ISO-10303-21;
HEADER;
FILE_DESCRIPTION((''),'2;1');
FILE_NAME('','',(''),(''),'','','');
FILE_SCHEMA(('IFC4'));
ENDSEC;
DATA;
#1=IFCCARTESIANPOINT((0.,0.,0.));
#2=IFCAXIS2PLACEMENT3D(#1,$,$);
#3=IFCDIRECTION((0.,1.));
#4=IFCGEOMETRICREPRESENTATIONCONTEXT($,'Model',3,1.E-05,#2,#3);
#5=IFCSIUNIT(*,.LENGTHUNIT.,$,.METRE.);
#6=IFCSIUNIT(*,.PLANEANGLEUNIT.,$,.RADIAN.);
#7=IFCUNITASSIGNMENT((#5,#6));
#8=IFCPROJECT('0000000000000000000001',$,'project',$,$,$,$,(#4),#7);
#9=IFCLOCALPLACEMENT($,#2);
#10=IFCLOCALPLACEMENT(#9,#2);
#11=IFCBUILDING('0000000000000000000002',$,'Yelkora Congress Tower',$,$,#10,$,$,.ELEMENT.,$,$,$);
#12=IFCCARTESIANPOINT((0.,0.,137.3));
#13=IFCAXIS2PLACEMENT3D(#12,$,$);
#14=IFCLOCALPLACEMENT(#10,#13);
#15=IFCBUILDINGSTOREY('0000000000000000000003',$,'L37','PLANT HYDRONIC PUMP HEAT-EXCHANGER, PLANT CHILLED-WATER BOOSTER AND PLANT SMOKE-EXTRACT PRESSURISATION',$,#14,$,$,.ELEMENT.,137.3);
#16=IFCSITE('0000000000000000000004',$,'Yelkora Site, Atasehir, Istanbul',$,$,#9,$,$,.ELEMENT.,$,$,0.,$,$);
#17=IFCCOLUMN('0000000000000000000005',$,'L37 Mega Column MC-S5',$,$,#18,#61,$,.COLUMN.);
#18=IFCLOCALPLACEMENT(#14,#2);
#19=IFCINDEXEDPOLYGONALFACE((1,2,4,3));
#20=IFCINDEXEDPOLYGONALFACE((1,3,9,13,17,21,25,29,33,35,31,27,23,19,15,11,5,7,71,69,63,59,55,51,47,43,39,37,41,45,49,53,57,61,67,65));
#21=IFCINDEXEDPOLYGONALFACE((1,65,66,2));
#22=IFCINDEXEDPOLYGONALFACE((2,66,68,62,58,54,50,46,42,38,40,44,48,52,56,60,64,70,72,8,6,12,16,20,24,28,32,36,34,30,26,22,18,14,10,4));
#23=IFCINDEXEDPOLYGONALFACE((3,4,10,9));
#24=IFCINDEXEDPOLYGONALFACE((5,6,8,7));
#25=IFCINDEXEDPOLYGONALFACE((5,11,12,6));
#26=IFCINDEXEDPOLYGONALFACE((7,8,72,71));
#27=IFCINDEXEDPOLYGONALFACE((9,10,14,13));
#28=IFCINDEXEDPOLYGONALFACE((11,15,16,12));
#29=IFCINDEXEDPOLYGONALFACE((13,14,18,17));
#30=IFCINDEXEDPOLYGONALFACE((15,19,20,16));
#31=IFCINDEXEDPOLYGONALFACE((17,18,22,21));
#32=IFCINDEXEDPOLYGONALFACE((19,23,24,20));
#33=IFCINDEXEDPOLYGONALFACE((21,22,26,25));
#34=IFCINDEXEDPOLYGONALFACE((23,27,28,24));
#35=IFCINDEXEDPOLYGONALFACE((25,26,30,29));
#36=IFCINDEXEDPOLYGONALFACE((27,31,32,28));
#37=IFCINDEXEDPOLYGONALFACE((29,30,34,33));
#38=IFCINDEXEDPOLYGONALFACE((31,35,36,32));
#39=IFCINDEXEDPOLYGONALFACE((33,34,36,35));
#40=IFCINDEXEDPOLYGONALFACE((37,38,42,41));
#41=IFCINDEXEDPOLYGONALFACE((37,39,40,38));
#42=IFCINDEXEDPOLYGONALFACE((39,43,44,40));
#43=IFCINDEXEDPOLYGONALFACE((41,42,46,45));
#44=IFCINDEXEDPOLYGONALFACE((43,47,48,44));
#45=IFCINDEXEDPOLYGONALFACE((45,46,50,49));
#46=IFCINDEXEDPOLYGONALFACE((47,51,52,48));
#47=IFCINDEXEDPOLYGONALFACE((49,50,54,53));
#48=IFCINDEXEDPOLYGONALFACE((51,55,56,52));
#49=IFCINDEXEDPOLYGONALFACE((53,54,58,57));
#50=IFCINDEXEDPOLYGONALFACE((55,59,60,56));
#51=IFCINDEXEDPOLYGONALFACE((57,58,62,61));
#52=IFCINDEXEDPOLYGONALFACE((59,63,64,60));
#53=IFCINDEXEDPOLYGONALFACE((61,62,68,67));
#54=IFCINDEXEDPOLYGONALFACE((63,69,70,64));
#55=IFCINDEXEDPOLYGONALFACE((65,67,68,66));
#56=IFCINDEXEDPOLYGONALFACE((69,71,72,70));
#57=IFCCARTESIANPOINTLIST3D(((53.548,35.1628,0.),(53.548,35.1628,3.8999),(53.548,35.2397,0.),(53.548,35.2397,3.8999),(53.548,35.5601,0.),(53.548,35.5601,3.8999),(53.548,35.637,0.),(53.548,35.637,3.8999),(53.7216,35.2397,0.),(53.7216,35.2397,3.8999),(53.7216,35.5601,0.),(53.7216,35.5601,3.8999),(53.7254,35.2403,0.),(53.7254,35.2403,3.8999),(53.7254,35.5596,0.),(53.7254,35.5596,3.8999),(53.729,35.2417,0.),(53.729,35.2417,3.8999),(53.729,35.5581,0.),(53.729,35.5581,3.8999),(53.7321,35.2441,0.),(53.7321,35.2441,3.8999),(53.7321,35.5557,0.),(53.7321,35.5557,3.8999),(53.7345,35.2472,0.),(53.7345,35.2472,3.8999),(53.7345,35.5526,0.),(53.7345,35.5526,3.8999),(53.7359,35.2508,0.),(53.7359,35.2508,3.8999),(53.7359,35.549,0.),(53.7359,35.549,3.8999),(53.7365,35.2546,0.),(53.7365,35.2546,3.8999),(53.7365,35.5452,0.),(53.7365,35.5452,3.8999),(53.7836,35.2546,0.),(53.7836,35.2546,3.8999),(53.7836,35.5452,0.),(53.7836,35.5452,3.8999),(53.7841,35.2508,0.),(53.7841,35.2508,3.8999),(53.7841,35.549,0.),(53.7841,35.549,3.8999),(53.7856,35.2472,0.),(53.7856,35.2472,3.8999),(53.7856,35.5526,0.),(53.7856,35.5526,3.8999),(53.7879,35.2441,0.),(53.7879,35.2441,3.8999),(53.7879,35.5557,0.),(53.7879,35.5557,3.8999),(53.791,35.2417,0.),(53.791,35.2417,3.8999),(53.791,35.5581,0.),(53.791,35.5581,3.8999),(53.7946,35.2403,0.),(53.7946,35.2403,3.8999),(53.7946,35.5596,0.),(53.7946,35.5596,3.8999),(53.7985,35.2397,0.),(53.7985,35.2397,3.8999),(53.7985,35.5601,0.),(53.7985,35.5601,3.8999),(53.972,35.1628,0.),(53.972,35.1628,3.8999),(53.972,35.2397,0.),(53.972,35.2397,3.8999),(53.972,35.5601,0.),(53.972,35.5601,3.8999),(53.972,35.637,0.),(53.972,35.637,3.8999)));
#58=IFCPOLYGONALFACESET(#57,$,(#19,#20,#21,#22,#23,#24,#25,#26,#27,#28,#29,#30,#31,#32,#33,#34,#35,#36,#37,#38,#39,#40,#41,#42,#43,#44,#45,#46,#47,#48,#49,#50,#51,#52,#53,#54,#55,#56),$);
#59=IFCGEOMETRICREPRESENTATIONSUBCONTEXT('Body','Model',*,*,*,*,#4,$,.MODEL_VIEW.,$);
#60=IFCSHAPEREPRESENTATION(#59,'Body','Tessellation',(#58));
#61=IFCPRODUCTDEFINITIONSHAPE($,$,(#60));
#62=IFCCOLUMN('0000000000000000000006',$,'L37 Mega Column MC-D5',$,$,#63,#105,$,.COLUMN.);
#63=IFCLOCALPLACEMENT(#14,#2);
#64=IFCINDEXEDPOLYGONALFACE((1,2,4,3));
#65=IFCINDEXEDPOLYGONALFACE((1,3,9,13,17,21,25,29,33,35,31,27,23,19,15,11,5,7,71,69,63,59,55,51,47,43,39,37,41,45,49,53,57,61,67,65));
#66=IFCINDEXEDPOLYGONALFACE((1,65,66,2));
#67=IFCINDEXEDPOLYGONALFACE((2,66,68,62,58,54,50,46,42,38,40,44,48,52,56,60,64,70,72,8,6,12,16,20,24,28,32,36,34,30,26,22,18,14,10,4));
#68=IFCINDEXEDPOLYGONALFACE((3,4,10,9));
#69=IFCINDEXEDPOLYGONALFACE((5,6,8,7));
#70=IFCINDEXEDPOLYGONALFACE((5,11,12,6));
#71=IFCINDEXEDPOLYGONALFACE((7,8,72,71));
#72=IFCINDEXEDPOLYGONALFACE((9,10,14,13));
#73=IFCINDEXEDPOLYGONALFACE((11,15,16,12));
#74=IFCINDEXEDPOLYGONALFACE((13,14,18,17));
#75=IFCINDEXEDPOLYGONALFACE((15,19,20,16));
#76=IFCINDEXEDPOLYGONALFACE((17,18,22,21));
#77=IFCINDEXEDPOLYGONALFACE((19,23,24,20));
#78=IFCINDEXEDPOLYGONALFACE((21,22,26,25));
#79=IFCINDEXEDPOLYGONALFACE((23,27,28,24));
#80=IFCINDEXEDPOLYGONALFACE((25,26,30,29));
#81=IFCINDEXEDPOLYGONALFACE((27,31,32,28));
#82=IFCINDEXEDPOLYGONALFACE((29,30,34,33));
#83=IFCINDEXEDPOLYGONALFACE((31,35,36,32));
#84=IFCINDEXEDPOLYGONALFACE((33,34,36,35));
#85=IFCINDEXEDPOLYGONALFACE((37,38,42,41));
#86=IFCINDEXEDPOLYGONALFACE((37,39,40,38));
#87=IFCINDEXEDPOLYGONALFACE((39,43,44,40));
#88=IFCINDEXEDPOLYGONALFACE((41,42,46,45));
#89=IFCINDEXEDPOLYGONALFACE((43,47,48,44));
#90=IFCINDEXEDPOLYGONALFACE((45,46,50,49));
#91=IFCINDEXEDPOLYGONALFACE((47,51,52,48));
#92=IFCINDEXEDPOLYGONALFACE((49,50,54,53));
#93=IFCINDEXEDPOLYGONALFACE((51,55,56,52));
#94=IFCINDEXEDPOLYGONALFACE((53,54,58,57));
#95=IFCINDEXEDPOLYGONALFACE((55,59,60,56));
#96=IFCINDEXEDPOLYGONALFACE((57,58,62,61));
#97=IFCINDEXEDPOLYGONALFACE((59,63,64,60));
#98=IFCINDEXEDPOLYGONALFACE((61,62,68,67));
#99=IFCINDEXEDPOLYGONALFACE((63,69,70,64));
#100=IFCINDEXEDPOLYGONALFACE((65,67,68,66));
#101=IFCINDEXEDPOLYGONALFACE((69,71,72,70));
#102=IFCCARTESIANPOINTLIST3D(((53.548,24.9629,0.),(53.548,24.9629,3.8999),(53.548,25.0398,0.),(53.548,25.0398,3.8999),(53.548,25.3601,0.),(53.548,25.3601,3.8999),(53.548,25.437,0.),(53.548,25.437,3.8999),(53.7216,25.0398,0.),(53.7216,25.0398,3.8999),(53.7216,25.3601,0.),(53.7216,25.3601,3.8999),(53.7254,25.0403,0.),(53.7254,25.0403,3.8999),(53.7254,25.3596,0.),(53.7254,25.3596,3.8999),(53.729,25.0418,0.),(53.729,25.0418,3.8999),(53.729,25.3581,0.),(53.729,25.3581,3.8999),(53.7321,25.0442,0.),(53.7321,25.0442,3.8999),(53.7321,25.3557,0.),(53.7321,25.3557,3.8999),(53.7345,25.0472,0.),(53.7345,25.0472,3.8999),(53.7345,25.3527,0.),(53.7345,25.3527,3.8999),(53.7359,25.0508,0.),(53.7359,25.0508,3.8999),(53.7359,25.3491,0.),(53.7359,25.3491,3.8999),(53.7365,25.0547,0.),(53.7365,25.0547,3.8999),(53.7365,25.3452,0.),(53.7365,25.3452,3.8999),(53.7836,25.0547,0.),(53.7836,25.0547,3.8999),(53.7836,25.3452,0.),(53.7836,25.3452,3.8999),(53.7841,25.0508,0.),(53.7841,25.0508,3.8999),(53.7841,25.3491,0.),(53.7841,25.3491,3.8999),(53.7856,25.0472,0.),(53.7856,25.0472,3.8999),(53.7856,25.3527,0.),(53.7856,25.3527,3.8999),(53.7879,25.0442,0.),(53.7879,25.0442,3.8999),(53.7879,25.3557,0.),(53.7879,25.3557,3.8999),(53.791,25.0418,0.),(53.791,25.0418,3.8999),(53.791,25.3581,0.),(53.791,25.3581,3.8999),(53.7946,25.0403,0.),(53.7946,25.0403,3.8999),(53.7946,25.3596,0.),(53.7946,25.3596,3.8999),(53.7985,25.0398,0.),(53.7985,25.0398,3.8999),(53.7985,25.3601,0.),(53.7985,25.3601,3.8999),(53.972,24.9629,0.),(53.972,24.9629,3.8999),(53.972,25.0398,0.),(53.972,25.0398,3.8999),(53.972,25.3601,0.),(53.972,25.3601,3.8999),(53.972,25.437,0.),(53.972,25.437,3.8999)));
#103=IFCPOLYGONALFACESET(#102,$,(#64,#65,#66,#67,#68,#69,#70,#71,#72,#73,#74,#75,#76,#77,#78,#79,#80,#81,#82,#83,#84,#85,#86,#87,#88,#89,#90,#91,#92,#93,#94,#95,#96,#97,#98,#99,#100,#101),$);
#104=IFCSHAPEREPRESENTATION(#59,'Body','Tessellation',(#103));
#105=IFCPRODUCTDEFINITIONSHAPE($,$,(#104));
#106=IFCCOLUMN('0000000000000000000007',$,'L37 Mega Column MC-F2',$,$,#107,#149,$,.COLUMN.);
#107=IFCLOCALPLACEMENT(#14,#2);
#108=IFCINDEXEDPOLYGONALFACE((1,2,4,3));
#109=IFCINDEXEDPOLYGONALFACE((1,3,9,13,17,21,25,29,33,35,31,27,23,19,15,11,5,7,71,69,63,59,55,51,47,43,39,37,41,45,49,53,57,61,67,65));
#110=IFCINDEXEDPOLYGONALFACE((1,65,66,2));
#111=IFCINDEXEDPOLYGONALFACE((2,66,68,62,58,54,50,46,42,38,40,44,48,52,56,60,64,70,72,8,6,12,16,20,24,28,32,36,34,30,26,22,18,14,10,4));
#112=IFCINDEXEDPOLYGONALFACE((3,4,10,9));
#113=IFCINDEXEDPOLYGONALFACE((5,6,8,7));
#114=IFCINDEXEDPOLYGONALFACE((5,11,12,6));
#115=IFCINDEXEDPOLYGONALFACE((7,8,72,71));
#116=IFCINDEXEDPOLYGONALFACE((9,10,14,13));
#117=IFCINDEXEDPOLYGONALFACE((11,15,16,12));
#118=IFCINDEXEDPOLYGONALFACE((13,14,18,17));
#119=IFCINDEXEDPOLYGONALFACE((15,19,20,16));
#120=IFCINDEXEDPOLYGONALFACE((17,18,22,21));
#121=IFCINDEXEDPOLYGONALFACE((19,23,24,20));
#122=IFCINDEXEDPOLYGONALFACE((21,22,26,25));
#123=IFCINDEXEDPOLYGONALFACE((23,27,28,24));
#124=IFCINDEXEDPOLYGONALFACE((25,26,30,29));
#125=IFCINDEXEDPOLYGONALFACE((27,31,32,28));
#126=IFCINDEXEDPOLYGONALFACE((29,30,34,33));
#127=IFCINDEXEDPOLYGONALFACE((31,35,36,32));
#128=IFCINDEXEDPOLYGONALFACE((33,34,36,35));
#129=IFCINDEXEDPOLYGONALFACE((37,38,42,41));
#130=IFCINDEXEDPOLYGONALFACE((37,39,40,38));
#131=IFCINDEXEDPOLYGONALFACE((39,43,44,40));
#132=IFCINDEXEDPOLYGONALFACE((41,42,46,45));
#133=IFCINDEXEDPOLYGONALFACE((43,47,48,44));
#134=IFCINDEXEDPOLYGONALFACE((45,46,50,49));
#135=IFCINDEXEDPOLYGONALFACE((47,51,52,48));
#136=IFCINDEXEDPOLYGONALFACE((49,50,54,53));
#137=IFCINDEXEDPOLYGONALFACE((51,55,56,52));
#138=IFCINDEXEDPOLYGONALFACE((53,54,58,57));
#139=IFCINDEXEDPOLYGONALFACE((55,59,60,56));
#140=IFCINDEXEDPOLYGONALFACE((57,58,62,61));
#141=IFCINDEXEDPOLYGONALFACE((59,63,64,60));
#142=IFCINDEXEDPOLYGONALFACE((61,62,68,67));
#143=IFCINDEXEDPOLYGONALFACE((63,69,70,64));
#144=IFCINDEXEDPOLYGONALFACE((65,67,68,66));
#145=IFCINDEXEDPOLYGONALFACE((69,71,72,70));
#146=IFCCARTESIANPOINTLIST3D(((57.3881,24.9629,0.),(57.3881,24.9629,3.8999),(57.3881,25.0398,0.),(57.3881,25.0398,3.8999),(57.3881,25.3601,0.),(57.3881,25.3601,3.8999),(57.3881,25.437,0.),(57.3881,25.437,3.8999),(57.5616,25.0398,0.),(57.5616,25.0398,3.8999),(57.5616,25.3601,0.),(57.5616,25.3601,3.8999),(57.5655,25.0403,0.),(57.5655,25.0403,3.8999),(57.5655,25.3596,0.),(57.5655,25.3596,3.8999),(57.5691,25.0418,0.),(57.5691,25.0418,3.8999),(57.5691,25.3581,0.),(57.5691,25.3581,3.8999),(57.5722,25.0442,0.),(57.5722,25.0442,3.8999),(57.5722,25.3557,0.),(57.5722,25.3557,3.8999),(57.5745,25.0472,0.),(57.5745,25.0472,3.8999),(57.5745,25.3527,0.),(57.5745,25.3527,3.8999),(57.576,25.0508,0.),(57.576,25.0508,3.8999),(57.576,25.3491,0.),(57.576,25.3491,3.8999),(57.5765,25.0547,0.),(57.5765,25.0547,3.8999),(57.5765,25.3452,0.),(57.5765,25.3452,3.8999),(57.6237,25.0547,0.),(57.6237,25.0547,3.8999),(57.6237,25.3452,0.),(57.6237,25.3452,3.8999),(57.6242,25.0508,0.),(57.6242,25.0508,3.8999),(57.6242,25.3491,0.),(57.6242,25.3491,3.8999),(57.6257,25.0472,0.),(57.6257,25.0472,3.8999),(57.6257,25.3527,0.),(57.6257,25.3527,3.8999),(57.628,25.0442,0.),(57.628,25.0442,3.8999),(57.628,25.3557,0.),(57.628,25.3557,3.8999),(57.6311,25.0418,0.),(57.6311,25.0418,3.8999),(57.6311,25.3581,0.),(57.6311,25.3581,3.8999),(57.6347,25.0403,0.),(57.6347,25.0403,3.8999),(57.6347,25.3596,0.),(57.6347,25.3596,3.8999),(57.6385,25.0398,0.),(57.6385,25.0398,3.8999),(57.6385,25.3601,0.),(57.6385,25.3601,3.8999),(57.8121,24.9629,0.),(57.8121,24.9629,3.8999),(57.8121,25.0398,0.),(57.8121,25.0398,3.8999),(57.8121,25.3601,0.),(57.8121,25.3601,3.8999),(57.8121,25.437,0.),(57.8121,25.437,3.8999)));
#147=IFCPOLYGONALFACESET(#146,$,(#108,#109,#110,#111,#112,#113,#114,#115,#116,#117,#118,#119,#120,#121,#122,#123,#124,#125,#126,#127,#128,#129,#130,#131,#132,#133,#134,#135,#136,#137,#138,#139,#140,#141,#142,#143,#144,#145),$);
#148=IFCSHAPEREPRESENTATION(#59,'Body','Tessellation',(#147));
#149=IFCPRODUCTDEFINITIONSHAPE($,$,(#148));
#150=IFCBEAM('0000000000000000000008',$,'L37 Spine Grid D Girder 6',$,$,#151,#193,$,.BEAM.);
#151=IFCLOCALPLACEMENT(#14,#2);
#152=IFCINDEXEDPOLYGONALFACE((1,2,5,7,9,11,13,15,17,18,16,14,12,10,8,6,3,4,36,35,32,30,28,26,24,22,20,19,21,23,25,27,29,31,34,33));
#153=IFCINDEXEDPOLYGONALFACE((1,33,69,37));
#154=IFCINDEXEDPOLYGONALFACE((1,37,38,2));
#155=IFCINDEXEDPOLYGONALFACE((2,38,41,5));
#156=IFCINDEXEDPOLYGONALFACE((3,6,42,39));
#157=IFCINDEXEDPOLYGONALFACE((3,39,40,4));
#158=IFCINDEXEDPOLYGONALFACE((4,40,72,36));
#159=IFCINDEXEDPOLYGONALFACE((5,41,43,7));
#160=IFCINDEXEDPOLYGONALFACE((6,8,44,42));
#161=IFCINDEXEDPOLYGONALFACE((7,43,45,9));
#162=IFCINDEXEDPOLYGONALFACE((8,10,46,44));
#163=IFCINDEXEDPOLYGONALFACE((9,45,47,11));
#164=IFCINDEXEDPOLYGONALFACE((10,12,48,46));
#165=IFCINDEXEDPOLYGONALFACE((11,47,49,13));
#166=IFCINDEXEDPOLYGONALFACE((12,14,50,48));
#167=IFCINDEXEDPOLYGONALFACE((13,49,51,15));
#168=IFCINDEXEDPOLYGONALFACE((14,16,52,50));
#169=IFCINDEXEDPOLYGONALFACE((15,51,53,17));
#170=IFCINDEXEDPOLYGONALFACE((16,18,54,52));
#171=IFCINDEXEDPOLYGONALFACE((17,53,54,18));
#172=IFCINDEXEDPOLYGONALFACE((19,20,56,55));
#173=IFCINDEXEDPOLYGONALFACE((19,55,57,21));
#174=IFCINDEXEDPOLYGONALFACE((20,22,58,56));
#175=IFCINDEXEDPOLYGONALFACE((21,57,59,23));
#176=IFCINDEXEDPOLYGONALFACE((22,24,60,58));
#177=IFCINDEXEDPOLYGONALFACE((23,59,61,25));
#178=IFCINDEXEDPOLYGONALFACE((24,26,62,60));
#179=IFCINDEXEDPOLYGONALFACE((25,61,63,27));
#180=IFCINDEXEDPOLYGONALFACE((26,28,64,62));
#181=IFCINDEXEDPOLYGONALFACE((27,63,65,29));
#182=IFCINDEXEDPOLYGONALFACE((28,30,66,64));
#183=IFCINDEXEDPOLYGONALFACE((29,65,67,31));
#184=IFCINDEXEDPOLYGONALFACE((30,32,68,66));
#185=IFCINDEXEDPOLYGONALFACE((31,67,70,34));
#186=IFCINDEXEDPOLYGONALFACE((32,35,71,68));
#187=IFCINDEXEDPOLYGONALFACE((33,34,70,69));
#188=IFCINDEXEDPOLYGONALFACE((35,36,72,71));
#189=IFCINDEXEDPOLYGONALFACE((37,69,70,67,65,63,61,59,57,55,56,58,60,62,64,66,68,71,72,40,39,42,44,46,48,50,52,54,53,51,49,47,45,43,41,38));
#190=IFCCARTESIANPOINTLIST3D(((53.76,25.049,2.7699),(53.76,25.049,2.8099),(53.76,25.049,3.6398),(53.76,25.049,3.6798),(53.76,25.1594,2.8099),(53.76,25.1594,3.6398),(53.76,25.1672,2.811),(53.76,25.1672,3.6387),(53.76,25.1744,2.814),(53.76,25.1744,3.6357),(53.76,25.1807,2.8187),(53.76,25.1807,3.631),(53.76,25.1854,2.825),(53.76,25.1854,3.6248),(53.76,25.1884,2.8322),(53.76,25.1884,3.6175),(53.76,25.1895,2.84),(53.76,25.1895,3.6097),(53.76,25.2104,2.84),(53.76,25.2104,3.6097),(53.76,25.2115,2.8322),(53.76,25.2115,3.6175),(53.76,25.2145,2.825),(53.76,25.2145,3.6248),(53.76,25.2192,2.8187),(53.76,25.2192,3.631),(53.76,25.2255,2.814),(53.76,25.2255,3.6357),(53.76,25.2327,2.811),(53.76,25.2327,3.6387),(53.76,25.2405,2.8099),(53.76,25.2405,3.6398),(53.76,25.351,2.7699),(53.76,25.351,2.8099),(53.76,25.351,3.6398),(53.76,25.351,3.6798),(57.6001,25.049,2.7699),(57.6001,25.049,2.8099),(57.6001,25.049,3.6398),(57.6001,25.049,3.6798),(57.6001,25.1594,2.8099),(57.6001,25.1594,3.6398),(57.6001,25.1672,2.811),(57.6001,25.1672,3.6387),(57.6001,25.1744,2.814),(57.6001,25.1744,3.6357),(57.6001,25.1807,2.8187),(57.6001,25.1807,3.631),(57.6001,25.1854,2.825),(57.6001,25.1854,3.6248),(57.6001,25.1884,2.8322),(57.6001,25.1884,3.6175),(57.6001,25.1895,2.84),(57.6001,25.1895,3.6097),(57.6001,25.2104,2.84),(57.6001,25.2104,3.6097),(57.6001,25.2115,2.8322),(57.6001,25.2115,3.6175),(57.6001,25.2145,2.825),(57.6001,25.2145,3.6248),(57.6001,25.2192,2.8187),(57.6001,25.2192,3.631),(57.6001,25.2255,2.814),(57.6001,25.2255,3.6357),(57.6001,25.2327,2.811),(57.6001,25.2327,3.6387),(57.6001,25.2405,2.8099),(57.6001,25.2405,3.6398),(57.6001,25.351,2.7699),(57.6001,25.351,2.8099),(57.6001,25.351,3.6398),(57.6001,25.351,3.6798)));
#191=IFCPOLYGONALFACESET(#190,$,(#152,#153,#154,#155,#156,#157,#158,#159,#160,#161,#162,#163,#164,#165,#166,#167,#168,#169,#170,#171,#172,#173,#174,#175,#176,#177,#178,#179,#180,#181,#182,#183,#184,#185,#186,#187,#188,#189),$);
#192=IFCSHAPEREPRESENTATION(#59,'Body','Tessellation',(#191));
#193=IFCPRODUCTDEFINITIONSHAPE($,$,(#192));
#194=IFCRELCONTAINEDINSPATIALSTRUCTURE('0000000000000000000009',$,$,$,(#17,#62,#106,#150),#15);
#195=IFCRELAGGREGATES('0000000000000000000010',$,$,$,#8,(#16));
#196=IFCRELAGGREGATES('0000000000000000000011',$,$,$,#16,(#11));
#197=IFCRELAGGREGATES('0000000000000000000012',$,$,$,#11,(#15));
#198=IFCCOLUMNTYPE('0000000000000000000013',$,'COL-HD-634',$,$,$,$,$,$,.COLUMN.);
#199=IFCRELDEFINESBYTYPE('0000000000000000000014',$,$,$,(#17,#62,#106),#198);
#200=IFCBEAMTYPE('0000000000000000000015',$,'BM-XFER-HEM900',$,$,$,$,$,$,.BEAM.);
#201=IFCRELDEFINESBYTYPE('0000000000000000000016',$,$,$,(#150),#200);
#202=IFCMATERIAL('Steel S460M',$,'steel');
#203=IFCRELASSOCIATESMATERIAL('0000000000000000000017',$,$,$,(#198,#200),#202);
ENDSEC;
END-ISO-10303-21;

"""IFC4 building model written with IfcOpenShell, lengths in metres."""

from ifc_helpers import new_model, si_unit, direction, frame, origin, origin_2d, place, context, subcontext, project, spatial, i_section, extrude, material, material_profile, profile_set, type_object, element, save


model = new_model("IFC4")

# Units and contexts
model_context = context("Model", 3, precision=1e-05, world=origin(), true_north=direction((0.0, 1.0)))
body_context = subcontext(model_context, "Body", "Model", "MODEL_VIEW")
ifc_project = project(units=[si_unit("LENGTHUNIT", "METRE"), si_unit("PLANEANGLEUNIT", "RADIAN")], contexts=[model_context])

# Site, building, storey
site_placement = place(None, origin())
site = spatial("IfcSite", under=ifc_project, at=site_placement, Name="Yelkora Site, Atasehir, Istanbul", CompositionType="ELEMENT", RefElevation=0.0)
building_placement = place(site_placement, origin())
building = spatial("IfcBuilding", under=site, at=building_placement, Name="Yelkora Congress Tower", CompositionType="ELEMENT")
storey_placement = place(building_placement, frame((0.0, 0.0, 137.3)))
storey = spatial("IfcBuildingStorey", under=building, at=storey_placement, Name="L37", Description="PLANT HYDRONIC PUMP HEAT-EXCHANGER, PLANT CHILLED-WATER BOOSTER AND PLANT SMOKE-EXTRACT PRESSURISATION", CompositionType="ELEMENT", Elevation=137.3)

# Columns
ifc_material_1 = material(Name="Steel S460M", Category="steel")
ifc_material_profile_1 = material_profile(ifc_material_1, i_section(OverallWidth=0.4241, OverallDepth=0.4741, WebThickness=0.0471, FlangeThickness=0.0769, FilletRadius=0.0149, at=origin_2d()), Name="HD 400x634")
ifc_profile_set_1 = profile_set([ifc_material_profile_1], Name="Steel S460M")
column_type = type_object("IfcColumnType", Name="COL-HD-634", PredefinedType="COLUMN", material=ifc_profile_set_1)
for number, where, z_axis, x_axis, name in (
    (1, (53.76, 35.3999, 0.0), (0.0, 0.0, 1.0), (1.0, 0.0, 0.0), "L37 Mega Column MC-S5"),
    (2, (53.76, 25.2, 0.0), (0.0, 0.0, 1.0), (1.0, 0.0, 0.0), "L37 Mega Column MC-D5"),
    (3, (57.6001, 25.2, 0.0), (0.0, 0.0, 1.0), (1.0, 0.0, 0.0), "L37 Mega Column MC-F2"),
):
    element("IfcColumn", number, at=place(storey_placement, frame(where, z_axis=z_axis, x_axis=x_axis)), inside=storey, type_object=column_type, Name=name, PredefinedType="COLUMN", context=body_context, shape_type="SweptSolid", body=[
        extrude(i_section(OverallWidth=0.4241, OverallDepth=0.4741, WebThickness=0.0471, FlangeThickness=0.0769, FilletRadius=0.0149, at=origin_2d()), origin(), (0.0, 0.0, 1.0), 3.8999),
    ])

# Beam
ifc_material_profile_2 = material_profile(ifc_material_1, i_section(OverallWidth=0.302, OverallDepth=0.9099, WebThickness=0.021, FlangeThickness=0.04, FilletRadius=0.03, at=origin_2d()), Name="HEM 900")
ifc_profile_set_2 = profile_set([ifc_material_profile_2], Name="Steel S460M")
beam_type = type_object("IfcBeamType", Name="BM-XFER-HEM900", PredefinedType="BEAM", material=ifc_profile_set_2)
beam_1_placement = place(storey_placement, frame((53.76, 25.2, 3.2249), z_axis=(1.0, 0.0, 0.0), x_axis=(0.0, 1.0, 0.0)))
element("IfcBeam", 4, at=beam_1_placement, inside=storey, type_object=beam_type, Name="L37 Spine Grid D Girder 6", PredefinedType="BEAM", context=body_context, shape_type="SweptSolid", body=[
    extrude(i_section(OverallWidth=0.302, OverallDepth=0.9099, WebThickness=0.021, FlangeThickness=0.04, FilletRadius=0.03, at=origin_2d()), origin(), (0.0, 0.0, 1.0), 3.8401),
])

save(model, "model.ifc")
